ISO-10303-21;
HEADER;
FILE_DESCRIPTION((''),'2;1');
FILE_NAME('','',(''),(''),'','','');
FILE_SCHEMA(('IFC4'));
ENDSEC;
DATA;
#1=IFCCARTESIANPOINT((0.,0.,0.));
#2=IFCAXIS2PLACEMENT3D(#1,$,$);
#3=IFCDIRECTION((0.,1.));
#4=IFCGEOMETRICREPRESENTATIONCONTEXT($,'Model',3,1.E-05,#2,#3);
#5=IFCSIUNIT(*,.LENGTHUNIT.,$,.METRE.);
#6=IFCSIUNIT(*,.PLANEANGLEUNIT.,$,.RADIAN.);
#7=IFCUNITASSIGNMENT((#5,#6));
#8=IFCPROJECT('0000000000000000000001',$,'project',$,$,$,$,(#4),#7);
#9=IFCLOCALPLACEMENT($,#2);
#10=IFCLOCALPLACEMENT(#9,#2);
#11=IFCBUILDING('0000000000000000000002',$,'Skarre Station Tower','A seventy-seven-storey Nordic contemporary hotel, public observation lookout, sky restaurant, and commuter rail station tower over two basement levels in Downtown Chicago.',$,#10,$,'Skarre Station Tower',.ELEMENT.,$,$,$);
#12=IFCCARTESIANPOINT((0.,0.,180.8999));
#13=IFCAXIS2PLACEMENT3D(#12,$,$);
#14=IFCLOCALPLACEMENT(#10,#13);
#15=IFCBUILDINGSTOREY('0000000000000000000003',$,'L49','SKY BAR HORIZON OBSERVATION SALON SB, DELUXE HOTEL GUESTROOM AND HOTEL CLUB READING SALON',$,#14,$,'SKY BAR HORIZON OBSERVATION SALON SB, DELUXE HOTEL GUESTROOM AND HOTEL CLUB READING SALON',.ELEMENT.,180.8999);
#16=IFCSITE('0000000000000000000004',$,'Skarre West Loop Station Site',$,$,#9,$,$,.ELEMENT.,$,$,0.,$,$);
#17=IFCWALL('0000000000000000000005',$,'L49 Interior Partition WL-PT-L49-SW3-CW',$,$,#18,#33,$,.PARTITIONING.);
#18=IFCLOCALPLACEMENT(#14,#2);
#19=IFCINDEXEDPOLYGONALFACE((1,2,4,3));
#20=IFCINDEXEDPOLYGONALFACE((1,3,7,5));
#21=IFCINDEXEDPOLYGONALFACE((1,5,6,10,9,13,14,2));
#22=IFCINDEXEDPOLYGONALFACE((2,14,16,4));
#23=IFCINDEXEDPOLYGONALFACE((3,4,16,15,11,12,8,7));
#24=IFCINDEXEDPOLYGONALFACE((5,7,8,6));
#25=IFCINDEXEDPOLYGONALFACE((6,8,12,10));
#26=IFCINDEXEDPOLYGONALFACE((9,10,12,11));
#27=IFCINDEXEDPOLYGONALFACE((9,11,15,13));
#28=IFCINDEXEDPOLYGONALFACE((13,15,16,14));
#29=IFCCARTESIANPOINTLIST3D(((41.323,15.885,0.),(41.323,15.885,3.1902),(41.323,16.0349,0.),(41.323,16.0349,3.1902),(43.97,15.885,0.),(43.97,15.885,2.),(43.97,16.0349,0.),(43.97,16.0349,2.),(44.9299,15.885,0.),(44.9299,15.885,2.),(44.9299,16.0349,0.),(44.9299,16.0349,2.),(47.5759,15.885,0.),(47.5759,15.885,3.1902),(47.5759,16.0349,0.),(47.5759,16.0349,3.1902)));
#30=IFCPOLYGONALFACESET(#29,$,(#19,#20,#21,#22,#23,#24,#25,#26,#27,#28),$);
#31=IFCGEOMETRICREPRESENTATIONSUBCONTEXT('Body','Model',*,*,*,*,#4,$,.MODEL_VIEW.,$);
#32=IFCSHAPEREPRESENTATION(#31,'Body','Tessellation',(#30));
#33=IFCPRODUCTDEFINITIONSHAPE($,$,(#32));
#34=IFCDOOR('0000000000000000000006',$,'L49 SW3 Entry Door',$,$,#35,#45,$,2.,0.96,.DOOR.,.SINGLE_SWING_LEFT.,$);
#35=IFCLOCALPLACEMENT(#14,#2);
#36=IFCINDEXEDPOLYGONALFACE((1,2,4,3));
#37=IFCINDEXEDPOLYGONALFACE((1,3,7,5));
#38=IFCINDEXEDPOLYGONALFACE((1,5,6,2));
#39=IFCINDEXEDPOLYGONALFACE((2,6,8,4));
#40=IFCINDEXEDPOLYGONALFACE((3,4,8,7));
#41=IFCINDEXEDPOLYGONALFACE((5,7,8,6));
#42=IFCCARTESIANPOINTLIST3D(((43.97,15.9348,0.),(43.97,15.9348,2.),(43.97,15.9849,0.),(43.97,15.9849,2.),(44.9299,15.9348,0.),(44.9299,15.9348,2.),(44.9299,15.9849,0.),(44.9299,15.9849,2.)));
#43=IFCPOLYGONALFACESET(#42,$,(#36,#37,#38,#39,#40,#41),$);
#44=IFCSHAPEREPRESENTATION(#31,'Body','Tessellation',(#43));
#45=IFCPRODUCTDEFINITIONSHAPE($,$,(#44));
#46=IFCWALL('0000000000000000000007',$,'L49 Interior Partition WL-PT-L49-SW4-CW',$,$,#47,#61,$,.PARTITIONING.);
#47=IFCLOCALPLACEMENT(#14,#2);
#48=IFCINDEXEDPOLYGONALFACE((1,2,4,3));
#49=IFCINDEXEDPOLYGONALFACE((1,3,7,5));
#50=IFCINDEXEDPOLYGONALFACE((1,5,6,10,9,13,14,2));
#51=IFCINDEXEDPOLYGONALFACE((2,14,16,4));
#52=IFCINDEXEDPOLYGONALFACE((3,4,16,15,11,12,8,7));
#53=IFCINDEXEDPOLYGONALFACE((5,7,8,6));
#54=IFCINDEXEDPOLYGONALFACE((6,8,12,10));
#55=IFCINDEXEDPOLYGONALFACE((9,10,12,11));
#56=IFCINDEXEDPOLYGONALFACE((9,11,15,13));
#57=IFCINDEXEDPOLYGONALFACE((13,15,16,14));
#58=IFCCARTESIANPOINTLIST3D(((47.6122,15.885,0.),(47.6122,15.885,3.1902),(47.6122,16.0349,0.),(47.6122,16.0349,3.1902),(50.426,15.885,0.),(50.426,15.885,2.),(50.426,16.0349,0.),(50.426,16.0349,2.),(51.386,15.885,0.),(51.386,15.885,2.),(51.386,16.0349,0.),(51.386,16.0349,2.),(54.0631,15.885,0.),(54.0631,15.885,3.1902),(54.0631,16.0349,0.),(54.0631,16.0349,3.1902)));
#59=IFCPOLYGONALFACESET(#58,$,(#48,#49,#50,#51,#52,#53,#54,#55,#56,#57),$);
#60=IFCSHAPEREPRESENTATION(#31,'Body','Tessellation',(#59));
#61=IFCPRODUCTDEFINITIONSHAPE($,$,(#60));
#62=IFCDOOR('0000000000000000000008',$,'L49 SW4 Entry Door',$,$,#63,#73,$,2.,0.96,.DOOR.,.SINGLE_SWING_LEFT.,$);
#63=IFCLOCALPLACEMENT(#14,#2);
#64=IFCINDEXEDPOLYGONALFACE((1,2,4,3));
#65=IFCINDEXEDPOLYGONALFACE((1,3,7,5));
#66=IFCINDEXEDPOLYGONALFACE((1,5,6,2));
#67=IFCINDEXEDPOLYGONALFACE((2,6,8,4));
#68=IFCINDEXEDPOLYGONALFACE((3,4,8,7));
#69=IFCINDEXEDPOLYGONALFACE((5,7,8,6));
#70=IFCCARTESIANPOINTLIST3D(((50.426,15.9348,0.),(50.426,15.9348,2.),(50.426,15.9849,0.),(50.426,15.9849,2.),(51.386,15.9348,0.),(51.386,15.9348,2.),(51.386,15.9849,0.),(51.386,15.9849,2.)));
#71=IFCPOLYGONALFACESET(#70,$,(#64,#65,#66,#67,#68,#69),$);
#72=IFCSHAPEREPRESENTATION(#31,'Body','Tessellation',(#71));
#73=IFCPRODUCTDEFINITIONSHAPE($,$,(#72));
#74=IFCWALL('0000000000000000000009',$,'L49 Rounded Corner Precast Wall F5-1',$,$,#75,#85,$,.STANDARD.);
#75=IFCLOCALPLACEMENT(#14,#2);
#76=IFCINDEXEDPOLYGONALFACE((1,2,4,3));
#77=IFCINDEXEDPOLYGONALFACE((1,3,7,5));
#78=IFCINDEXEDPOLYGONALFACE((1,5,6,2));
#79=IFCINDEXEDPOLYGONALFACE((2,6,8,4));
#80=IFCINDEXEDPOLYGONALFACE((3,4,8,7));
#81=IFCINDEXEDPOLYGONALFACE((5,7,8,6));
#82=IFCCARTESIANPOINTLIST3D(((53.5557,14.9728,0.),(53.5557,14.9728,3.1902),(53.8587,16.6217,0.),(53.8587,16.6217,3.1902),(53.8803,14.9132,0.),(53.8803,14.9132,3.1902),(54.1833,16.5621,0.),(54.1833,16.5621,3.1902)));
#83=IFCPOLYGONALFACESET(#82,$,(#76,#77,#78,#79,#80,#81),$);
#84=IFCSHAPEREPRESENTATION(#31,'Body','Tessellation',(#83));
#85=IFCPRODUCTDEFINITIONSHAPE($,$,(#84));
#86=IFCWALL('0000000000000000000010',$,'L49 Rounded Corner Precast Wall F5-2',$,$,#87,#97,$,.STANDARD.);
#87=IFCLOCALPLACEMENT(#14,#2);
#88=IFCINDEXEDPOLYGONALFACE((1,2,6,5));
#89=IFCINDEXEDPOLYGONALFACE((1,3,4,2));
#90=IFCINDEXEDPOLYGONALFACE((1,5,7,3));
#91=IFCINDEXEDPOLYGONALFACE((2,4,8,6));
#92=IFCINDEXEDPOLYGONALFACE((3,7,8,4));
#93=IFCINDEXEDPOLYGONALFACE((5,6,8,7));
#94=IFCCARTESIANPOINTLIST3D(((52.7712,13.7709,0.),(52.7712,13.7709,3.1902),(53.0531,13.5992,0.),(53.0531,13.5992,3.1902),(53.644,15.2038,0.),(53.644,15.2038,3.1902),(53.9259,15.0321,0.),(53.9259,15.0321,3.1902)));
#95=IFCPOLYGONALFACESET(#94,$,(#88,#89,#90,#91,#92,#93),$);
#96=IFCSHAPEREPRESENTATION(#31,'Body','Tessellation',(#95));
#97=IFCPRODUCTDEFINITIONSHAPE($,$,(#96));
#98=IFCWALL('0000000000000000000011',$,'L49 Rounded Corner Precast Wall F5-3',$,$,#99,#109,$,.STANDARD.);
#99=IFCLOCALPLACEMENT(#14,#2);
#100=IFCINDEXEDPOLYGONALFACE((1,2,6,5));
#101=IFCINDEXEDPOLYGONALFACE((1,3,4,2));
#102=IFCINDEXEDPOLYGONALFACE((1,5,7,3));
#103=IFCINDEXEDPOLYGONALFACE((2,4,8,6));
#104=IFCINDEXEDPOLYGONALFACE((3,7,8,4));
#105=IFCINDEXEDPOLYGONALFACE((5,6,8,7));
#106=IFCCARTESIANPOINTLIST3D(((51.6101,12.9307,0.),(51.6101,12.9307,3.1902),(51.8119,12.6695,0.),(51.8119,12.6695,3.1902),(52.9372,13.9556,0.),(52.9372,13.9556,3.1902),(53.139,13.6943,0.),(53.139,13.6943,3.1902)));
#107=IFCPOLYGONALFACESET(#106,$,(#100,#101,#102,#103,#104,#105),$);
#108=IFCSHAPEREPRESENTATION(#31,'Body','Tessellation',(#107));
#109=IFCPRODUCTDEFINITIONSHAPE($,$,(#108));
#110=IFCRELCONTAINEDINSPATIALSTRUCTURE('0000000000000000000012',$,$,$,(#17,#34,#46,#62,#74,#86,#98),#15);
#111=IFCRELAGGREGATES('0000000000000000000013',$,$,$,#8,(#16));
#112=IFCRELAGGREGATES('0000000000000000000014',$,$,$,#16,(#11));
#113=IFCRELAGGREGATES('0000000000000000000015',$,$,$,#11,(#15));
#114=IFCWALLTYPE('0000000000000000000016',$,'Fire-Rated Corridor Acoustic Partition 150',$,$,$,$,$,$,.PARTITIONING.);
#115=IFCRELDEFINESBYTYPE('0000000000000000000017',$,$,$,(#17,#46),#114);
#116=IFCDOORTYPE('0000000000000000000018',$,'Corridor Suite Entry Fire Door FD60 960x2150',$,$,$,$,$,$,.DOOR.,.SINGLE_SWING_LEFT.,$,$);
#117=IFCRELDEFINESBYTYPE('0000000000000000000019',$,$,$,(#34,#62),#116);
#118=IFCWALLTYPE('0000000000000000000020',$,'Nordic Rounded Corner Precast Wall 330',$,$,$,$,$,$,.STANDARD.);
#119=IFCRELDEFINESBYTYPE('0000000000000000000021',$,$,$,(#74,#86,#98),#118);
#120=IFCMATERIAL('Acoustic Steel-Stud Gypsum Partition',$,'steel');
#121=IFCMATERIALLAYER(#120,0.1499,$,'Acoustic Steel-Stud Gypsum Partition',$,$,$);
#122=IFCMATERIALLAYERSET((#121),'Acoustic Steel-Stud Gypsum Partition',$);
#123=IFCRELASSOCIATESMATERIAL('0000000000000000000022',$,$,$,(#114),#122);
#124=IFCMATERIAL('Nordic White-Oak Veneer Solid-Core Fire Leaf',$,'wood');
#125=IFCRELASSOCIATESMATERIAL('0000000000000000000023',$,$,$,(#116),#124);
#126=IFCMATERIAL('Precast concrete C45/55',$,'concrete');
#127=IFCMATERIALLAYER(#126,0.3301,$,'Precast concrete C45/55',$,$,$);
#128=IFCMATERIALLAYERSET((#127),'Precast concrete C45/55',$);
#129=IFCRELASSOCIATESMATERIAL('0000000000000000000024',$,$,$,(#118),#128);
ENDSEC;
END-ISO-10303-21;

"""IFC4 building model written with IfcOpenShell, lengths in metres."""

from ifc_helpers import new_model, si_unit, direction, frame, frame_2d, origin, place, context, subcontext, project, spatial, rectangle, extrude, material, layer, layer_set, type_object, element, fill, save


model = new_model("IFC4")

# Units and contexts
model_context = context("Model", 3, precision=1e-05, world=origin(), true_north=direction((0.0, 1.0)))
body_context = subcontext(model_context, "Body", "Model", "MODEL_VIEW")
ifc_project = project(units=[si_unit("LENGTHUNIT", "METRE"), si_unit("PLANEANGLEUNIT", "RADIAN")], contexts=[model_context])

# Site, building, storey
site_placement = place(None, origin())
site = spatial("IfcSite", under=ifc_project, at=site_placement, Name="Skarre West Loop Station Site", CompositionType="ELEMENT", RefElevation=0.0)
building_placement = place(site_placement, origin())
building = spatial("IfcBuilding", under=site, at=building_placement, Name="Skarre Station Tower", Description="A seventy-seven-storey Nordic contemporary hotel, public observation lookout, sky restaurant, and commuter rail station tower over two basement levels in Downtown Chicago.", LongName="Skarre Station Tower", CompositionType="ELEMENT")
storey_placement = place(building_placement, frame((0.0, 0.0, 180.8999)))
storey = spatial("IfcBuildingStorey", under=building, at=storey_placement, Name="L49", Description="SKY BAR HORIZON OBSERVATION SALON SB, DELUXE HOTEL GUESTROOM AND HOTEL CLUB READING SALON", LongName="SKY BAR HORIZON OBSERVATION SALON SB, DELUXE HOTEL GUESTROOM AND HOTEL CLUB READING SALON", CompositionType="ELEMENT", Elevation=180.8999)

# Walls, openings, doors
ifc_material_1 = material(Name="Acoustic Steel-Stud Gypsum Partition", Category="steel")
ifc_layer_1 = layer(ifc_material_1, 0.1499, Name="Acoustic Steel-Stud Gypsum Partition")
ifc_layer_set_1 = layer_set([ifc_layer_1], Name="Acoustic Steel-Stud Gypsum Partition")
wall_type_1 = type_object("IfcWallType", Name="Fire-Rated Corridor Acoustic Partition 150", PredefinedType="PARTITIONING", material=ifc_layer_set_1)
ifc_material_2 = material(Name="Nordic White-Oak Veneer Solid-Core Fire Leaf", Category="wood")
door_type = type_object("IfcDoorType", Name="Corridor Suite Entry Fire Door FD60 960x2150", OperationType="SINGLE_SWING_LEFT", PredefinedType="DOOR", material=ifc_material_2)
wall_1_placement = place(storey_placement, frame((41.323, 15.96, 0.0), z_axis=(0.0, 0.0, 1.0), x_axis=(1.0, 0.0, 0.0)))
wall_1 = element("IfcWall", 1, at=wall_1_placement, inside=storey, type_object=wall_type_1, Name="L49 Interior Partition WL-PT-L49-SW3-CW", PredefinedType="PARTITIONING", context=body_context, shape_type="SweptSolid", body=[
    extrude(rectangle(XDim=6.2529, YDim=0.1499, at=frame_2d((3.1265, 0.0))), origin(), (0.0, 0.0, 1.0), 3.1902),
])
opening_1_placement = place(wall_1_placement, frame((2.647, 0.0, 0.0)))
opening_1 = element("IfcOpeningElement", 2, at=opening_1_placement, cuts=wall_1, PredefinedType="OPENING", context=body_context, shape_type="SweptSolid", body=[
    extrude(rectangle(XDim=0.96, YDim=2.0, at=frame_2d((0.48, 1.0))), frame((0.0, 0.085, 0.0), z_axis=(0.0, -1.0, 0.0), x_axis=(1.0, 0.0, 0.0)), (0.0, 0.0, 1.0), 0.1699),
])
door_1_placement = place(opening_1_placement, origin())
door_1 = element("IfcDoor", 3, at=door_1_placement, inside=storey, type_object=door_type, Name="L49 SW3 Entry Door", OperationType="SINGLE_SWING_LEFT", OverallHeight=2.0, OverallWidth=0.96, PredefinedType="DOOR", context=body_context, shape_type="SweptSolid", body=[
    extrude(rectangle(XDim=0.96, YDim=2.0, at=frame_2d((0.48, 1.0))), frame((0.0, 0.0249, 0.0), z_axis=(0.0, -1.0, 0.0), x_axis=(1.0, 0.0, 0.0)), (0.0, 0.0, 1.0), 0.05),
])
fill(opening_1, door_1)
wall_2_placement = place(storey_placement, frame((47.6121, 15.96, 0.0), z_axis=(0.0, 0.0, 1.0), x_axis=(1.0, 0.0, 0.0)))
wall_2 = element("IfcWall", 4, at=wall_2_placement, inside=storey, type_object=wall_type_1, Name="L49 Interior Partition WL-PT-L49-SW4-CW", PredefinedType="PARTITIONING", context=body_context, shape_type="SweptSolid", body=[
    extrude(rectangle(XDim=6.4509, YDim=0.1499, at=frame_2d((3.2256, 0.0))), origin(), (0.0, 0.0, 1.0), 3.1902),
])
opening_2_placement = place(wall_2_placement, frame((2.814, 0.0, 0.0)))
opening_2 = element("IfcOpeningElement", 5, at=opening_2_placement, cuts=wall_2, PredefinedType="OPENING", context=body_context, shape_type="SweptSolid", body=[
    extrude(rectangle(XDim=0.96, YDim=2.0, at=frame_2d((0.48, 1.0))), frame((0.0, 0.085, 0.0), z_axis=(0.0, -1.0, 0.0), x_axis=(1.0, 0.0, 0.0)), (0.0, 0.0, 1.0), 0.1699),
])
door_2_placement = place(opening_2_placement, origin())
door_2 = element("IfcDoor", 6, at=door_2_placement, inside=storey, type_object=door_type, Name="L49 SW4 Entry Door", OperationType="SINGLE_SWING_LEFT", OverallHeight=2.0, OverallWidth=0.96, PredefinedType="DOOR", context=body_context, shape_type="SweptSolid", body=[
    extrude(rectangle(XDim=0.96, YDim=2.0, at=frame_2d((0.48, 1.0))), frame((0.0, 0.0249, 0.0), z_axis=(0.0, -1.0, 0.0), x_axis=(1.0, 0.0, 0.0)), (0.0, 0.0, 1.0), 0.05),
])
fill(opening_2, door_2)

# Walls
ifc_material_3 = material(Name="Precast concrete C45/55", Category="concrete")
ifc_layer_2 = layer(ifc_material_3, 0.3301, Name="Precast concrete C45/55")
ifc_layer_set_2 = layer_set([ifc_layer_2], Name="Precast concrete C45/55")
wall_type_2 = type_object("IfcWallType", Name="Nordic Rounded Corner Precast Wall 330", PredefinedType="STANDARD", material=ifc_layer_set_2)
wall_3_placement = place(storey_placement, frame((54.021, 16.592, 0.0), z_axis=(0.0, 0.0, 1.0), x_axis=(-0.180718, -0.983535, 0.0)))
element("IfcWall", 7, at=wall_3_placement, inside=storey, type_object=wall_type_2, Name="L49 Rounded Corner Precast Wall F5-1", PredefinedType="STANDARD", context=body_context, shape_type="SweptSolid", body=[
    extrude(rectangle(XDim=1.6765, YDim=0.3301, at=frame_2d((0.8384, 0.0))), origin(), (0.0, 0.0, 1.0), 3.1902),
])
wall_4_placement = place(storey_placement, frame((53.7849, 15.1179, 0.0), z_axis=(0.0, 0.0, 1.0), x_axis=(-0.520219, -0.854033, 0.0)))
element("IfcWall", 8, at=wall_4_placement, inside=storey, type_object=wall_type_2, Name="L49 Rounded Corner Precast Wall F5-2", PredefinedType="STANDARD", context=body_context, shape_type="SweptSolid", body=[
    extrude(rectangle(XDim=1.6777, YDim=0.3301, at=frame_2d((0.8389, 0.0))), origin(), (0.0, 0.0, 1.0), 3.1902),
])
wall_5_placement = place(storey_placement, frame((53.0381, 13.825, 0.0), z_axis=(0.0, 0.0, 1.0), x_axis=(-0.791464, -0.611215, 0.0)))
element("IfcWall", 9, at=wall_5_placement, inside=storey, type_object=wall_type_2, Name="L49 Rounded Corner Precast Wall F5-3", PredefinedType="STANDARD", context=body_context, shape_type="SweptSolid", body=[
    extrude(rectangle(XDim=1.6768, YDim=0.3301, at=frame_2d((0.8384, 0.0))), origin(), (0.0, 0.0, 1.0), 3.1902),
])

save(model, "model.ifc")
